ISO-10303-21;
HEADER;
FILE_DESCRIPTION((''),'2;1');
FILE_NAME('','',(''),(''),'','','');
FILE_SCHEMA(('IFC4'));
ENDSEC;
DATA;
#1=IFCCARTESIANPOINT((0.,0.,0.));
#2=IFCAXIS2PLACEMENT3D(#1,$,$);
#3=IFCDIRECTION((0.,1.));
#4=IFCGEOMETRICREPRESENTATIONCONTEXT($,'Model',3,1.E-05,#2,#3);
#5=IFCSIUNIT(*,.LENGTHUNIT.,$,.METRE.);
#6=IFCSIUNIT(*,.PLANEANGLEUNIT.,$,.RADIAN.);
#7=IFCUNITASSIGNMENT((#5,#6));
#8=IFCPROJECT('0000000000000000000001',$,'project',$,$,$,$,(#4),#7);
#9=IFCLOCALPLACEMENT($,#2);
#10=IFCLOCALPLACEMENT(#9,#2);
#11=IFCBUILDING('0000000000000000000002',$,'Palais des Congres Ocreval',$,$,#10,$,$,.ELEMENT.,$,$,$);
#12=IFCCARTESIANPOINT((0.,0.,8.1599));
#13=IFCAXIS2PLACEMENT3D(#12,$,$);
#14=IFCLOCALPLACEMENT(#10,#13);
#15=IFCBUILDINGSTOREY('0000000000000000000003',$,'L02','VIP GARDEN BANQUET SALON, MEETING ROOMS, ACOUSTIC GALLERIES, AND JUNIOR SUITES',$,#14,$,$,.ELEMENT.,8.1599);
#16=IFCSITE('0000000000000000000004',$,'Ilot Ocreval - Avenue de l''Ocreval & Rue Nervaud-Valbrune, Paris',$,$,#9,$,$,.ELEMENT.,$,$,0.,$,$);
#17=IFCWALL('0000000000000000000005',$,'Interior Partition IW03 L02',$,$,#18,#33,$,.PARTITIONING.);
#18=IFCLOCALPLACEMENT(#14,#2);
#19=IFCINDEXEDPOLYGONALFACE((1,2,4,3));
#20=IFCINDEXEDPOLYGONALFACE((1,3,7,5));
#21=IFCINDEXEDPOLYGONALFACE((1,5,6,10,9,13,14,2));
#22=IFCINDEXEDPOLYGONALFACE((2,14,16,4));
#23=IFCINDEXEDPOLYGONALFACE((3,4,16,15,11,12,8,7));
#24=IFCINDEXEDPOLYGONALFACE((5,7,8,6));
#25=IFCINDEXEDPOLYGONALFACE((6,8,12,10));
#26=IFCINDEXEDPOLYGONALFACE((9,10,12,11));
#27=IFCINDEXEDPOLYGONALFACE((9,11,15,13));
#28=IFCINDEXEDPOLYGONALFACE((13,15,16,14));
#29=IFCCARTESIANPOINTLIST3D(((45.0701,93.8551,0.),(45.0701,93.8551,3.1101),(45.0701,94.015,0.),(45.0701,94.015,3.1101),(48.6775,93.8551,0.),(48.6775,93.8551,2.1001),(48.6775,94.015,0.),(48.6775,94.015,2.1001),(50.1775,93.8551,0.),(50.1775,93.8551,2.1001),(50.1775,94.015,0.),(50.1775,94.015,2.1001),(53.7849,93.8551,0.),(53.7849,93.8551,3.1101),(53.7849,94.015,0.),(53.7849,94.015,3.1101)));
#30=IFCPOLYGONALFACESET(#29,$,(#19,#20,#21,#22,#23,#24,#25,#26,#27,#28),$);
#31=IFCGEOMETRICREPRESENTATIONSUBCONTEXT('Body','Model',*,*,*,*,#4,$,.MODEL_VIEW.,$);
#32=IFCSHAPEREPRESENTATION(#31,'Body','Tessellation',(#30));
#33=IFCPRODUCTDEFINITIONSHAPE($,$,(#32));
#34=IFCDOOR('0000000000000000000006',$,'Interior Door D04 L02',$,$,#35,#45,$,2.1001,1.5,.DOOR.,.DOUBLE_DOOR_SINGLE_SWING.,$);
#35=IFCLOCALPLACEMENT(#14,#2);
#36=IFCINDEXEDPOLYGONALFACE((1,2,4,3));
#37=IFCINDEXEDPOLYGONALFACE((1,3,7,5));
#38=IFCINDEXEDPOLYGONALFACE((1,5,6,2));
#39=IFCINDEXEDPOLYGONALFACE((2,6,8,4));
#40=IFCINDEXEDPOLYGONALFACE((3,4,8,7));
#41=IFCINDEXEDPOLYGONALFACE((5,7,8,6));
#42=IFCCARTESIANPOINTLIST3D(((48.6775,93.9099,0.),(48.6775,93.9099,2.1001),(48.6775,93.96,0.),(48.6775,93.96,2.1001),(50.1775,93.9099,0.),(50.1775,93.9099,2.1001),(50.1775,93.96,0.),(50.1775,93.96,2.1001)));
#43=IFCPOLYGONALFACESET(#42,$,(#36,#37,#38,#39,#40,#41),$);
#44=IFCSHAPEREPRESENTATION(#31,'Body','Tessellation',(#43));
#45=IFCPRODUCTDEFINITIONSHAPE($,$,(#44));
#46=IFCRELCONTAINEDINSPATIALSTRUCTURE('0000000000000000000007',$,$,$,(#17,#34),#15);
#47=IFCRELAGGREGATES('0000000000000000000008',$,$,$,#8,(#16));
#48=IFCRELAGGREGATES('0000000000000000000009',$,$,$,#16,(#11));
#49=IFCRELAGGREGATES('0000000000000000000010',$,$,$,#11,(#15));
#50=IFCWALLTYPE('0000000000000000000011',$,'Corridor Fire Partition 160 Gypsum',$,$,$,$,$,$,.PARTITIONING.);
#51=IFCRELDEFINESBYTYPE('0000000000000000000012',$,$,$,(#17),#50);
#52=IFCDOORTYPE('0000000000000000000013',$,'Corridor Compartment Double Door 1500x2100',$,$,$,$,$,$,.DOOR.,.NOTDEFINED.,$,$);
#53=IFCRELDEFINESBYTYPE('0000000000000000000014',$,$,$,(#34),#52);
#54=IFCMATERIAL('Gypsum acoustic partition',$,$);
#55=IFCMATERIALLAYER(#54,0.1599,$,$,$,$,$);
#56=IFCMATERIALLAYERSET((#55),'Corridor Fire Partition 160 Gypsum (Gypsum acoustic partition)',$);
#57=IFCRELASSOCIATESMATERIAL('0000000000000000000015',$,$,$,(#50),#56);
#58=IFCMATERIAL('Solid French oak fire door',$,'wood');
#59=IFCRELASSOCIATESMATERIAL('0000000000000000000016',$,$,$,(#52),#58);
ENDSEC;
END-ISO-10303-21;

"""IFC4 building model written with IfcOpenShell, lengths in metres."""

from ifc_helpers import new_model, si_unit, direction, frame, frame_2d, origin, place, context, subcontext, project, spatial, rectangle, extrude, material, layer, layer_set, type_object, element, fill, save


model = new_model("IFC4")

# Units and contexts
model_context = context("Model", 3, precision=1e-05, world=origin(), true_north=direction((0.0, 1.0)))
body_context = subcontext(model_context, "Body", "Model", "MODEL_VIEW")
ifc_project = project(units=[si_unit("LENGTHUNIT", "METRE"), si_unit("PLANEANGLEUNIT", "RADIAN")], contexts=[model_context])

# Site, building, storey
site_placement = place(None, origin())
site = spatial("IfcSite", under=ifc_project, at=site_placement, Name="Ilot Ocreval - Avenue de l'Ocreval & Rue Nervaud-Valbrune, Paris", CompositionType="ELEMENT", RefElevation=0.0)
building_placement = place(site_placement, origin())
building = spatial("IfcBuilding", under=site, at=building_placement, Name="Palais des Congres Ocreval", CompositionType="ELEMENT")
storey_placement = place(building_placement, frame((0.0, 0.0, 8.1599)))
storey = spatial("IfcBuildingStorey", under=building, at=storey_placement, Name="L02", Description="VIP GARDEN BANQUET SALON, MEETING ROOMS, ACOUSTIC GALLERIES, AND JUNIOR SUITES", CompositionType="ELEMENT", Elevation=8.1599)

# Wall, opening, door
ifc_material_1 = material(Name="Gypsum acoustic partition")
ifc_layer_1 = layer(ifc_material_1, 0.1599)
ifc_layer_set_1 = layer_set([ifc_layer_1], Name="Corridor Fire Partition 160 Gypsum (Gypsum acoustic partition)")
wall_type_1 = type_object("IfcWallType", Name="Corridor Fire Partition 160 Gypsum", PredefinedType="PARTITIONING", material=ifc_layer_set_1)
wall_1_placement = place(storey_placement, frame((45.0701, 93.9351, 0.0), z_axis=(0.0, 0.0, 1.0), x_axis=(1.0, 0.0, 0.0)))
wall_1 = element("IfcWall", 1, at=wall_1_placement, inside=storey, type_object=wall_type_1, Name="Interior Partition IW03 L02", PredefinedType="PARTITIONING", context=body_context, shape_type="SweptSolid", body=[
    extrude(rectangle(XDim=8.7148, YDim=0.1599, at=frame_2d((4.3574, 0.0))), origin(), (0.0, 0.0, 1.0), 3.1101),
])
opening_1_placement = place(wall_1_placement, frame((3.6074, 0.0, 0.0)))
opening_1 = element("IfcOpeningElement", 2, at=opening_1_placement, cuts=wall_1, PredefinedType="OPENING", context=body_context, shape_type="SweptSolid", body=[
    extrude(rectangle(XDim=1.5, YDim=2.1001, at=frame_2d((0.75, 1.05))), frame((0.0, 0.0898, 0.0), z_axis=(0.0, -1.0, 0.0), x_axis=(1.0, 0.0, 0.0)), (0.0, 0.0, 1.0), 0.1799),
])
ifc_material_2 = material(Name="Solid French oak fire door", Category="wood")
door_type_1 = type_object("IfcDoorType", Name="Corridor Compartment Double Door 1500x2100", OperationType="NOTDEFINED", PredefinedType="DOOR", material=ifc_material_2)
door_1_placement = place(opening_1_placement, origin())
door_1 = element("IfcDoor", 3, at=door_1_placement, inside=storey, type_object=door_type_1, Name="Interior Door D04 L02", OperationType="DOUBLE_DOOR_SINGLE_SWING", OverallHeight=2.1001, OverallWidth=1.5, PredefinedType="DOOR", context=body_context, shape_type="SweptSolid", body=[
    extrude(rectangle(XDim=1.5, YDim=2.1001, at=frame_2d((0.75, 1.05))), frame((0.0, 0.0249, 0.0), z_axis=(0.0, -1.0, 0.0), x_axis=(1.0, 0.0, 0.0)), (0.0, 0.0, 1.0), 0.05),
])
fill(opening_1, door_1)

save(model, "model.ifc")
